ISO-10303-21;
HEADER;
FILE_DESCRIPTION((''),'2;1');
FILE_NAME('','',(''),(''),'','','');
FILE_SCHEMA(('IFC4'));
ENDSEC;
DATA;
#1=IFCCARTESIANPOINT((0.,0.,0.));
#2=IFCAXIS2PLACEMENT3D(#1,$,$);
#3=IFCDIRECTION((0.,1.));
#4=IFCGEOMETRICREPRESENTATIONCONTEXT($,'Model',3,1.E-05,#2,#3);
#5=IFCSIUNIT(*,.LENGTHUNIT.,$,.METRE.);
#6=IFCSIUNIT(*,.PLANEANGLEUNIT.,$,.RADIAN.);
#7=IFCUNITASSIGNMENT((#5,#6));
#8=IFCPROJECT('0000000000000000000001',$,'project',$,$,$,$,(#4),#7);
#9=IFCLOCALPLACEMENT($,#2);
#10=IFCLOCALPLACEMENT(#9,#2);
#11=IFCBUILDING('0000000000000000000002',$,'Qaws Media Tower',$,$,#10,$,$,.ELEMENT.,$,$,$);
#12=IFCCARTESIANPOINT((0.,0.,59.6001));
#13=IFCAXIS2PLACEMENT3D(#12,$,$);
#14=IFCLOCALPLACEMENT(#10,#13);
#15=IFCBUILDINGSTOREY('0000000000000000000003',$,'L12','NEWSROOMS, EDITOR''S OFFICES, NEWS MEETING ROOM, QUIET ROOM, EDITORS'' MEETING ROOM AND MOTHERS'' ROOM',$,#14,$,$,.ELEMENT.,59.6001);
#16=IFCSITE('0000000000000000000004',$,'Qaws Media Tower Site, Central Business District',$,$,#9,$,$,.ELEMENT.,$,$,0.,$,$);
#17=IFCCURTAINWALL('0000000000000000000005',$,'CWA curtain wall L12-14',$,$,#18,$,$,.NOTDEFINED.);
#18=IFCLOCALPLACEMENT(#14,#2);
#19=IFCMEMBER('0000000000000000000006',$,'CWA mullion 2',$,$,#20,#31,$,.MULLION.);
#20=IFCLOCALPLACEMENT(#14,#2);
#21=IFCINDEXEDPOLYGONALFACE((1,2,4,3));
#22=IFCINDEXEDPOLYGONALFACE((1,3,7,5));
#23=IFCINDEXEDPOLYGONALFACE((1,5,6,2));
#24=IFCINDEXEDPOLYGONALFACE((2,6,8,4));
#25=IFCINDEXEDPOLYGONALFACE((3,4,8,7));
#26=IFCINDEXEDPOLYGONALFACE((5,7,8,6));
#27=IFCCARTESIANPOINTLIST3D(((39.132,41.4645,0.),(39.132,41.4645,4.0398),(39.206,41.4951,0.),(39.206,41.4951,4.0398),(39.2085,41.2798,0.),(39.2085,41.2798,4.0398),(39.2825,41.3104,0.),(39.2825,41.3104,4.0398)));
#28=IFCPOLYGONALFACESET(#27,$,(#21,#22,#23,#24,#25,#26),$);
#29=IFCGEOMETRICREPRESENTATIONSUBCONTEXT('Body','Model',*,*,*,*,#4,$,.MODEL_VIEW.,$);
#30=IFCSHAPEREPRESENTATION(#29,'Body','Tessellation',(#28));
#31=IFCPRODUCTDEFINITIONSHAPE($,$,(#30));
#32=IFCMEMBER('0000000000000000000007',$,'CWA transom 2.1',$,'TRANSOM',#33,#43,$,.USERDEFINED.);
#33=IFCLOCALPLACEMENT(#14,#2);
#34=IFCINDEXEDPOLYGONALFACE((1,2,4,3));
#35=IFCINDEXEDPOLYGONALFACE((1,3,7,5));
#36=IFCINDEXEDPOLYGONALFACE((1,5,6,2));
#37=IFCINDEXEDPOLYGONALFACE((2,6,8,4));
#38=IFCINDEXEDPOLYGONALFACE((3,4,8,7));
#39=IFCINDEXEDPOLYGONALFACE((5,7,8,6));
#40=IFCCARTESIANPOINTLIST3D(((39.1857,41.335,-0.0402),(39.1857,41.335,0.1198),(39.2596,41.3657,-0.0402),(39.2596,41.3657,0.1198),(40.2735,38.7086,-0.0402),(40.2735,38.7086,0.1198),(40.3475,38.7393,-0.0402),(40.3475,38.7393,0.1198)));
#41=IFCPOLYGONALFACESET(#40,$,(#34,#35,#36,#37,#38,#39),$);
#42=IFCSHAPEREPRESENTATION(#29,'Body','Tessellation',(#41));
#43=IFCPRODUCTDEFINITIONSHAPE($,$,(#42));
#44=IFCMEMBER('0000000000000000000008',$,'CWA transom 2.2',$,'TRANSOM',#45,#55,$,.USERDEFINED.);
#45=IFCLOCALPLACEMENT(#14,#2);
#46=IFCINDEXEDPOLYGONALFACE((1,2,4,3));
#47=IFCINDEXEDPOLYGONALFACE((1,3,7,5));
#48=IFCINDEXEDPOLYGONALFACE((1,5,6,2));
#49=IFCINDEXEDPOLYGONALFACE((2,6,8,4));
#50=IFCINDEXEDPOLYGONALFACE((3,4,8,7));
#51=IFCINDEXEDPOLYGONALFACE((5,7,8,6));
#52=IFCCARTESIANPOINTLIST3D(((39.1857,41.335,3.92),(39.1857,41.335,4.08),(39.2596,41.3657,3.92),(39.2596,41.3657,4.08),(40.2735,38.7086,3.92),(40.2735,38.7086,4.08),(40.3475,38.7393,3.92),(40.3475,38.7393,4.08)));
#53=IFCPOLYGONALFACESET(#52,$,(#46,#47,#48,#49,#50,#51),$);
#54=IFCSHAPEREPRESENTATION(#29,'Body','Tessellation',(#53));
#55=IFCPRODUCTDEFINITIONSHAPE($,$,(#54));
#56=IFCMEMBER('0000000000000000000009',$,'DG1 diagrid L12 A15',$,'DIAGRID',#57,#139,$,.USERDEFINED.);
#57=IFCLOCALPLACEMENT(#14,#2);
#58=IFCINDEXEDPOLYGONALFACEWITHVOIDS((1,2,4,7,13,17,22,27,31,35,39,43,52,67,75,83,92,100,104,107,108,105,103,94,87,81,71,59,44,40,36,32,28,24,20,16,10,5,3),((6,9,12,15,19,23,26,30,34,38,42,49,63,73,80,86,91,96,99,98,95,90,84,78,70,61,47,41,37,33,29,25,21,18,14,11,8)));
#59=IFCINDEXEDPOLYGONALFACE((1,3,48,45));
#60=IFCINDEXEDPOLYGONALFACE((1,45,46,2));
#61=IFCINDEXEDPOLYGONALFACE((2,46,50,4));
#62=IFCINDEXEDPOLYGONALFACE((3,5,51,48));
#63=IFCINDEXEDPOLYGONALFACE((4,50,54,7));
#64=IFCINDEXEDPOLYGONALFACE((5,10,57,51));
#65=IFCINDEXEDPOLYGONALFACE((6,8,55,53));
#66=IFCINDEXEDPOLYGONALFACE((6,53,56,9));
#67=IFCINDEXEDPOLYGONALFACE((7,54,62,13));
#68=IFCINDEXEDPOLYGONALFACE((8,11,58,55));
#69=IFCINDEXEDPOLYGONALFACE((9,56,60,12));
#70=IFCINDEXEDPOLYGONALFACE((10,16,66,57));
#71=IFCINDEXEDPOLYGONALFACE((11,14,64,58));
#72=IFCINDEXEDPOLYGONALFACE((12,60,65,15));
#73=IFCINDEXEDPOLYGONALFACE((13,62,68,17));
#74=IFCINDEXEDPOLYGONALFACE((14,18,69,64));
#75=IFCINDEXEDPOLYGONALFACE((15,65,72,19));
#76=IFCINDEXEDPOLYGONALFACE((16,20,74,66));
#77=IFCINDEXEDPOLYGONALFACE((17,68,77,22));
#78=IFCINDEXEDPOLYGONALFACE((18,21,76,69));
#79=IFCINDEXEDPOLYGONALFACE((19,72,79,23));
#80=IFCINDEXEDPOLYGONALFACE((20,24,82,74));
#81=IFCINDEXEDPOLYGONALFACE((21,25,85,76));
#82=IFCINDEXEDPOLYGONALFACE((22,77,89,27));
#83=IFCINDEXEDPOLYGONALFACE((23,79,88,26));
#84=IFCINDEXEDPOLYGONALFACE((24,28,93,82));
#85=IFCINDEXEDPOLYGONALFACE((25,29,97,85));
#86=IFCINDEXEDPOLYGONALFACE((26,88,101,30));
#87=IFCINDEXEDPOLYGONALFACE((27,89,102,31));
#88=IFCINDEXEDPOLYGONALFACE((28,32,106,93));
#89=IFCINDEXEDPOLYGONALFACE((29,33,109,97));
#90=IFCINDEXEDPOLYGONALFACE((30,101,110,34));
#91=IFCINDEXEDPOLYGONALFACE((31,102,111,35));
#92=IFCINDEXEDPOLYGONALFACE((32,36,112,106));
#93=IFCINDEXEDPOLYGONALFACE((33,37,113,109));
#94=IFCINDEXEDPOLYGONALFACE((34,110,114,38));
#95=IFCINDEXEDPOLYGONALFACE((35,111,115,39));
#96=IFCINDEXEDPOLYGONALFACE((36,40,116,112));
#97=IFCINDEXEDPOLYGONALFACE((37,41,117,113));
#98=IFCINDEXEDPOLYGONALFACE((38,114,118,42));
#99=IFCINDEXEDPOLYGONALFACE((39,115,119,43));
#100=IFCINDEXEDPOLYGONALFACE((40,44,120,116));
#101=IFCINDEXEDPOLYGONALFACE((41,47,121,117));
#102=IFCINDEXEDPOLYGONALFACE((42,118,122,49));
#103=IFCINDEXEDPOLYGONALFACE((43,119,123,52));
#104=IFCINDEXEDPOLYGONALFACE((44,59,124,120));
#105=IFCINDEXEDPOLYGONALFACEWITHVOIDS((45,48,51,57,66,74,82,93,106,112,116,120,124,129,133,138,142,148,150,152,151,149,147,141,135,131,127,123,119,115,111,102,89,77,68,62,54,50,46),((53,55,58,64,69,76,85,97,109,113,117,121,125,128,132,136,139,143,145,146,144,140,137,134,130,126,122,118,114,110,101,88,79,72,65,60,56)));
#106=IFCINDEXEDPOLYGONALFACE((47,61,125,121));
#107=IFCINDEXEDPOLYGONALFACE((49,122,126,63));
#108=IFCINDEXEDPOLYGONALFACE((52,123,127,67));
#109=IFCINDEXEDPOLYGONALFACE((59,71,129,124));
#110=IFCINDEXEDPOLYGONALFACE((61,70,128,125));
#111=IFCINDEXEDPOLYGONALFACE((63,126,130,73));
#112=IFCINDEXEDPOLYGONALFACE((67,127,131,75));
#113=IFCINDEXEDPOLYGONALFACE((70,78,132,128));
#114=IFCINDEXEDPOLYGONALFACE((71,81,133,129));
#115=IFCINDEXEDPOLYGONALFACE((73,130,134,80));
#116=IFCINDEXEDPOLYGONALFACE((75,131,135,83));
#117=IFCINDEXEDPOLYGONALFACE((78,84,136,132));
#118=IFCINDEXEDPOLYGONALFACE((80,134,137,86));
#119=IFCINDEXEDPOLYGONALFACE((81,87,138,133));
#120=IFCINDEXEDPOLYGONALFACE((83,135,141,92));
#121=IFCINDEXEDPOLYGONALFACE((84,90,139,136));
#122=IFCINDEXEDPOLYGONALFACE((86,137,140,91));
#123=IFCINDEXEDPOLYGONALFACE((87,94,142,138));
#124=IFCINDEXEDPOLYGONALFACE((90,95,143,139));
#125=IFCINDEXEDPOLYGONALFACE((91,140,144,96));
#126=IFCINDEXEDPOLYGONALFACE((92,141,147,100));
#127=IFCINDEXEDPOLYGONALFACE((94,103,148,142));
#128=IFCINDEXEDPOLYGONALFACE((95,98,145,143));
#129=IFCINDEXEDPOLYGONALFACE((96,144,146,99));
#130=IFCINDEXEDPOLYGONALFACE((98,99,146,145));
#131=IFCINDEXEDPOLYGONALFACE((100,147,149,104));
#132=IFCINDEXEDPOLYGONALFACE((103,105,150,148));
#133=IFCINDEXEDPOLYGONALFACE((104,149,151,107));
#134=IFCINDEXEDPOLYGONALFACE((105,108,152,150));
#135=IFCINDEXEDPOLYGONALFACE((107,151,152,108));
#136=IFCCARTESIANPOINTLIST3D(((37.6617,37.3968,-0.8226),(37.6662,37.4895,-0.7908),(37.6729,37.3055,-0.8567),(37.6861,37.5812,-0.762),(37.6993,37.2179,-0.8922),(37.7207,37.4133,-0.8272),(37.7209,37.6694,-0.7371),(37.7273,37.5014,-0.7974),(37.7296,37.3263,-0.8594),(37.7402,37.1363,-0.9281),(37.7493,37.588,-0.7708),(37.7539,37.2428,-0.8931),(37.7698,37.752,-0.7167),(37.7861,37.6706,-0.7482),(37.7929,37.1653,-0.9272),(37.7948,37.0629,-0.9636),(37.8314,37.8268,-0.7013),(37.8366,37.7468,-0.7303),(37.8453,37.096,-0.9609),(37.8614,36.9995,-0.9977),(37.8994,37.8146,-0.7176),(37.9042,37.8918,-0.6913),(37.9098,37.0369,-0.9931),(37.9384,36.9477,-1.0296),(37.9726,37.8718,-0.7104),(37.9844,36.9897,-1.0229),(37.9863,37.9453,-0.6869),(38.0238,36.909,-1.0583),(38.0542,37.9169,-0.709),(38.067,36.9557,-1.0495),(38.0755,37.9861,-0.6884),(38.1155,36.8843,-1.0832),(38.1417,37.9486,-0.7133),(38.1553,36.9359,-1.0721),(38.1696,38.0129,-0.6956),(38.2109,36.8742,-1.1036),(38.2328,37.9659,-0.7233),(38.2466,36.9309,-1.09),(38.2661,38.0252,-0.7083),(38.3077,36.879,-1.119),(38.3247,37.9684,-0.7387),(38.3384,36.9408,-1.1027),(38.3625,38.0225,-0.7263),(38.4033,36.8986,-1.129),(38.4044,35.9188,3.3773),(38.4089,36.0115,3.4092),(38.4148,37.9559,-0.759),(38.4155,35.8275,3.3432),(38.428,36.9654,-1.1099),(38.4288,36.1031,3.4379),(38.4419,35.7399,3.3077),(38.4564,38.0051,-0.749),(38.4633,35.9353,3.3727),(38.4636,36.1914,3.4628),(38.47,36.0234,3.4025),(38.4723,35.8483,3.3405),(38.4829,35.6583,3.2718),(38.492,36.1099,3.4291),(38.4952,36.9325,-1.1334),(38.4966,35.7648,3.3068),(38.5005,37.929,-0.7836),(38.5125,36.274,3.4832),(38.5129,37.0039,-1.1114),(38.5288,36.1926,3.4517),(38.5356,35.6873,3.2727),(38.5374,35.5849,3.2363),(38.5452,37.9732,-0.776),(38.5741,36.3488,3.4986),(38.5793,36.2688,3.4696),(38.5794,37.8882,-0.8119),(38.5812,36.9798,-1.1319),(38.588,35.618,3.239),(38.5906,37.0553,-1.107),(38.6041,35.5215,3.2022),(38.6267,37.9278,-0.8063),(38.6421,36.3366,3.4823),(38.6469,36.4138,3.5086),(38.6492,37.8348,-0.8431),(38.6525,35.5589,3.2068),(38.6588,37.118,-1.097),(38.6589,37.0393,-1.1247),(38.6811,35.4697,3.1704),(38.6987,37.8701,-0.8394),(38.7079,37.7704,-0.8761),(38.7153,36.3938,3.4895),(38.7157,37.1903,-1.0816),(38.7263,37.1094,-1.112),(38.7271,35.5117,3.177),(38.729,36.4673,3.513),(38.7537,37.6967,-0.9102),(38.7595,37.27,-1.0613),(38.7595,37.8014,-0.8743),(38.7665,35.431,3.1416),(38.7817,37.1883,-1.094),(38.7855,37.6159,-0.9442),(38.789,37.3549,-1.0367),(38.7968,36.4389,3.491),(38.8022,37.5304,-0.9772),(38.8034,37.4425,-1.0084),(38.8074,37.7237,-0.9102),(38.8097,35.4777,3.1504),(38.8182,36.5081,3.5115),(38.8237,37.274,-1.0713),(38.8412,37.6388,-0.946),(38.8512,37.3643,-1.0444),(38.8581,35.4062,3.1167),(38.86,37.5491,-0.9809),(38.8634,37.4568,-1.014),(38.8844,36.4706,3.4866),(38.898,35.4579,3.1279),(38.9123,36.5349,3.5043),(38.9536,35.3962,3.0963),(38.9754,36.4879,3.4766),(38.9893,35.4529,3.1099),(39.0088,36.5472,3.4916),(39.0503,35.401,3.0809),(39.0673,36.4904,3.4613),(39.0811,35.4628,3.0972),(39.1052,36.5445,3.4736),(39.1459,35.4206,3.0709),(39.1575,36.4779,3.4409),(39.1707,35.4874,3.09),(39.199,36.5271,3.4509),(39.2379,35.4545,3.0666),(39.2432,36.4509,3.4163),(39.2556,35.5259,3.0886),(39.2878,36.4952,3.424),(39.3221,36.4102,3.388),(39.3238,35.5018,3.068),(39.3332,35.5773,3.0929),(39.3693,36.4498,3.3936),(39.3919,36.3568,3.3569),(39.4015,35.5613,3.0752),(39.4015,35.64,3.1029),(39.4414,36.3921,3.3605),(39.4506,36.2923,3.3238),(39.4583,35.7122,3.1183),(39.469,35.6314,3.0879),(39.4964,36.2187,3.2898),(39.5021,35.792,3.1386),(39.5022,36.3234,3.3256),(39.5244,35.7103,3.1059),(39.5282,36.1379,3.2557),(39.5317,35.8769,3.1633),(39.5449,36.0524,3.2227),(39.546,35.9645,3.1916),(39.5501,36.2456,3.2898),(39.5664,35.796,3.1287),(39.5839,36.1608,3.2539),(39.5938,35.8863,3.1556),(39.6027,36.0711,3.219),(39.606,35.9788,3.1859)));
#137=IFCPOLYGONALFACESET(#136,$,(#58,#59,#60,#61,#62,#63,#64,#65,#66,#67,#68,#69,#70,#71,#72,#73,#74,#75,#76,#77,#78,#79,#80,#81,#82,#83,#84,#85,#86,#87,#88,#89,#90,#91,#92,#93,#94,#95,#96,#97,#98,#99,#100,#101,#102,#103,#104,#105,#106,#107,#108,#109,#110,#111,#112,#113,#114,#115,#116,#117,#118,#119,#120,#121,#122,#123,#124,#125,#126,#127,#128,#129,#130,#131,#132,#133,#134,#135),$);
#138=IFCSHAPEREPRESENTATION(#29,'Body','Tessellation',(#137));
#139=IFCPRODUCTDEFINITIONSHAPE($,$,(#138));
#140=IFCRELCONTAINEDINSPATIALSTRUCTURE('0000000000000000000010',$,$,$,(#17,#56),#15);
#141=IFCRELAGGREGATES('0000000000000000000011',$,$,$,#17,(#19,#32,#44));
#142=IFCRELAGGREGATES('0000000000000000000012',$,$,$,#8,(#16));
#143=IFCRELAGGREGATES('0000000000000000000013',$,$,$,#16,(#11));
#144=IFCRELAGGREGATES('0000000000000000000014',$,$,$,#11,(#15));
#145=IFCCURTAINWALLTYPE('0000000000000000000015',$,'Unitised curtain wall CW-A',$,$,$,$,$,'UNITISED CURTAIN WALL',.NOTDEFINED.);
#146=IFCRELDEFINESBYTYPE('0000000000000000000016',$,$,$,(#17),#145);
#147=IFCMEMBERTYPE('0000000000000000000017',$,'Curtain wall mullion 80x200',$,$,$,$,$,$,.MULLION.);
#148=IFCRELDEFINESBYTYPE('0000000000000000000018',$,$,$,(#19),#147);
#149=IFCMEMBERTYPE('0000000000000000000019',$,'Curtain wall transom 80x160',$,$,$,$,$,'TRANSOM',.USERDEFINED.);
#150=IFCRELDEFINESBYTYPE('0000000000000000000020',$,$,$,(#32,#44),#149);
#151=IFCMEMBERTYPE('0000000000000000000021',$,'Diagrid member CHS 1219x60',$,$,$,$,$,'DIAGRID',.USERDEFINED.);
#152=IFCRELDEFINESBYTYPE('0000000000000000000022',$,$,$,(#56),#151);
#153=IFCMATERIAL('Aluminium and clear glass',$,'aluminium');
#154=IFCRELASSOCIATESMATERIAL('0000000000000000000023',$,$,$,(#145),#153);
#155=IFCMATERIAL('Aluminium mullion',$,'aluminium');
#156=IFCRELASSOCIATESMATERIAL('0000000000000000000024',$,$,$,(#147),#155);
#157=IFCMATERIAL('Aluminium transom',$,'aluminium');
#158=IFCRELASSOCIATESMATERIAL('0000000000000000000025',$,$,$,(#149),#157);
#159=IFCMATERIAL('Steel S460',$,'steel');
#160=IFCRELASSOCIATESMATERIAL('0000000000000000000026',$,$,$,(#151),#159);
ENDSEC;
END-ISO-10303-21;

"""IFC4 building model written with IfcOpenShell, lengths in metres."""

from ifc_helpers import new_model, si_unit, direction, frame, origin, origin_2d, place, context, subcontext, project, spatial, rectangle, hollow_circle, extrude, material, material_profile, profile_set, type_object, element, aggregate, save


model = new_model("IFC4")

# Units and contexts
model_context = context("Model", 3, precision=1e-05, world=origin(), true_north=direction((0.0, 1.0)))
body_context = subcontext(model_context, "Body", "Model", "MODEL_VIEW")
ifc_project = project(units=[si_unit("LENGTHUNIT", "METRE"), si_unit("PLANEANGLEUNIT", "RADIAN")], contexts=[model_context])

# Site, building, storey
site_placement = place(None, origin())
site = spatial("IfcSite", under=ifc_project, at=site_placement, Name="Qaws Media Tower Site, Central Business District", CompositionType="ELEMENT", RefElevation=0.0)
building_placement = place(site_placement, origin())
building = spatial("IfcBuilding", under=site, at=building_placement, Name="Qaws Media Tower", CompositionType="ELEMENT")
storey_placement = place(building_placement, frame((0.0, 0.0, 59.6001)))
storey = spatial("IfcBuildingStorey", under=building, at=storey_placement, Name="L12", Description="NEWSROOMS, EDITOR'S OFFICES, NEWS MEETING ROOM, QUIET ROOM, EDITORS' MEETING ROOM AND MOTHERS' ROOM", CompositionType="ELEMENT", Elevation=59.6001)

# Curtain wall, members
ifc_material_1 = material(Name="Aluminium and clear glass", Category="aluminium")
curtain_wall_type = type_object("IfcCurtainWallType", Name="Unitised curtain wall CW-A", ElementType="UNITISED CURTAIN WALL", PredefinedType="NOTDEFINED", material=ifc_material_1)
curtain_wall_placement = place(storey_placement, origin())
curtain_wall = element("IfcCurtainWall", 1, at=curtain_wall_placement, inside=storey, type_object=curtain_wall_type, Name="CWA curtain wall L12-14", PredefinedType="NOTDEFINED")
ifc_material_2 = material(Name="Aluminium mullion", Category="aluminium")
ifc_material_profile_1 = material_profile(ifc_material_2, rectangle(XDim=0.0801, YDim=0.2, at=origin_2d()), Name="80x200")
ifc_profile_set_1 = profile_set([ifc_material_profile_1], Name="Aluminium mullion")
member_type_1 = type_object("IfcMemberType", Name="Curtain wall mullion 80x200", PredefinedType="MULLION", material=ifc_profile_set_1)
member_1_placement = place(storey_placement, frame((39.2073, 41.3875, 0.0), z_axis=(0.0, 0.0, 1.0), x_axis=(0.92388, 0.382683, 0.0)))
member_1 = element("IfcMember", 2, at=member_1_placement, type_object=member_type_1, Name="CWA mullion 2", PredefinedType="MULLION", context=body_context, shape_type="SweptSolid", body=[
    extrude(rectangle(XDim=0.0801, YDim=0.2, at=origin_2d()), origin(), (0.0, 0.0, 1.0), 4.0398),
])
ifc_material_3 = material(Name="Aluminium transom", Category="aluminium")
ifc_material_profile_2 = material_profile(ifc_material_3, rectangle(XDim=0.0801, YDim=0.1599, at=origin_2d()), Name="80x160")
ifc_profile_set_2 = profile_set([ifc_material_profile_2], Name="Aluminium transom")
member_type_2 = type_object("IfcMemberType", Name="Curtain wall transom 80x160", ElementType="TRANSOM", PredefinedType="USERDEFINED", material=ifc_profile_set_2)
member_2_placement = place(storey_placement, frame((39.2227, 41.3503, 0.0398), z_axis=(0.382675, -0.923883, 0.0), x_axis=(0.923883, 0.382675, 0.0)))
member_2 = element("IfcMember", 3, at=member_2_placement, type_object=member_type_2, Name="CWA transom 2.1", ObjectType="TRANSOM", PredefinedType="USERDEFINED", context=body_context, shape_type="SweptSolid", body=[
    extrude(rectangle(XDim=0.0801, YDim=0.1599, at=origin_2d()), origin(), (0.0, 0.0, 1.0), 2.8428),
])
member_3_placement = place(storey_placement, frame((39.2227, 41.3503, 4.0), z_axis=(0.382675, -0.923883, 0.0), x_axis=(0.923883, 0.382675, 0.0)))
member_3 = element("IfcMember", 4, at=member_3_placement, type_object=member_type_2, Name="CWA transom 2.2", ObjectType="TRANSOM", PredefinedType="USERDEFINED", context=body_context, shape_type="SweptSolid", body=[
    extrude(rectangle(XDim=0.0801, YDim=0.1599, at=origin_2d()), origin(), (0.0, 0.0, 1.0), 2.8428),
])

# Member
ifc_material_4 = material(Name="Steel S460", Category="steel")
ifc_material_profile_3 = material_profile(ifc_material_4, hollow_circle(Radius=0.6096, WallThickness=0.0601, at=origin_2d()), Name="CHS 1219x60")
ifc_profile_set_3 = profile_set([ifc_material_profile_3], Name="Steel S460")
member_type_3 = type_object("IfcMemberType", Name="Diagrid member CHS 1219x60", ElementType="DIAGRID", PredefinedType="USERDEFINED", material=ifc_profile_set_3)
for number, where, z_axis, x_axis, name in (
    (5, (38.2627, 37.45, -0.9102), (0.164529, -0.327436, 0.930439), (0.89354, 0.448984, 0.0), "DG1 diagrid L12 A15"),
):
    element("IfcMember", number, at=place(storey_placement, frame(where, z_axis=z_axis, x_axis=x_axis)), inside=storey, type_object=member_type_3, Name=name, ObjectType="DIAGRID", PredefinedType="USERDEFINED", context=body_context, shape_type="SweptSolid", body=[
        extrude(hollow_circle(Radius=0.6096, WallThickness=0.0601, at=origin_2d()), origin(), (0.0, 0.0, 1.0), 4.5139),
    ])

aggregate(curtain_wall, [member_1, member_2, member_3])

save(model, "model.ifc")
